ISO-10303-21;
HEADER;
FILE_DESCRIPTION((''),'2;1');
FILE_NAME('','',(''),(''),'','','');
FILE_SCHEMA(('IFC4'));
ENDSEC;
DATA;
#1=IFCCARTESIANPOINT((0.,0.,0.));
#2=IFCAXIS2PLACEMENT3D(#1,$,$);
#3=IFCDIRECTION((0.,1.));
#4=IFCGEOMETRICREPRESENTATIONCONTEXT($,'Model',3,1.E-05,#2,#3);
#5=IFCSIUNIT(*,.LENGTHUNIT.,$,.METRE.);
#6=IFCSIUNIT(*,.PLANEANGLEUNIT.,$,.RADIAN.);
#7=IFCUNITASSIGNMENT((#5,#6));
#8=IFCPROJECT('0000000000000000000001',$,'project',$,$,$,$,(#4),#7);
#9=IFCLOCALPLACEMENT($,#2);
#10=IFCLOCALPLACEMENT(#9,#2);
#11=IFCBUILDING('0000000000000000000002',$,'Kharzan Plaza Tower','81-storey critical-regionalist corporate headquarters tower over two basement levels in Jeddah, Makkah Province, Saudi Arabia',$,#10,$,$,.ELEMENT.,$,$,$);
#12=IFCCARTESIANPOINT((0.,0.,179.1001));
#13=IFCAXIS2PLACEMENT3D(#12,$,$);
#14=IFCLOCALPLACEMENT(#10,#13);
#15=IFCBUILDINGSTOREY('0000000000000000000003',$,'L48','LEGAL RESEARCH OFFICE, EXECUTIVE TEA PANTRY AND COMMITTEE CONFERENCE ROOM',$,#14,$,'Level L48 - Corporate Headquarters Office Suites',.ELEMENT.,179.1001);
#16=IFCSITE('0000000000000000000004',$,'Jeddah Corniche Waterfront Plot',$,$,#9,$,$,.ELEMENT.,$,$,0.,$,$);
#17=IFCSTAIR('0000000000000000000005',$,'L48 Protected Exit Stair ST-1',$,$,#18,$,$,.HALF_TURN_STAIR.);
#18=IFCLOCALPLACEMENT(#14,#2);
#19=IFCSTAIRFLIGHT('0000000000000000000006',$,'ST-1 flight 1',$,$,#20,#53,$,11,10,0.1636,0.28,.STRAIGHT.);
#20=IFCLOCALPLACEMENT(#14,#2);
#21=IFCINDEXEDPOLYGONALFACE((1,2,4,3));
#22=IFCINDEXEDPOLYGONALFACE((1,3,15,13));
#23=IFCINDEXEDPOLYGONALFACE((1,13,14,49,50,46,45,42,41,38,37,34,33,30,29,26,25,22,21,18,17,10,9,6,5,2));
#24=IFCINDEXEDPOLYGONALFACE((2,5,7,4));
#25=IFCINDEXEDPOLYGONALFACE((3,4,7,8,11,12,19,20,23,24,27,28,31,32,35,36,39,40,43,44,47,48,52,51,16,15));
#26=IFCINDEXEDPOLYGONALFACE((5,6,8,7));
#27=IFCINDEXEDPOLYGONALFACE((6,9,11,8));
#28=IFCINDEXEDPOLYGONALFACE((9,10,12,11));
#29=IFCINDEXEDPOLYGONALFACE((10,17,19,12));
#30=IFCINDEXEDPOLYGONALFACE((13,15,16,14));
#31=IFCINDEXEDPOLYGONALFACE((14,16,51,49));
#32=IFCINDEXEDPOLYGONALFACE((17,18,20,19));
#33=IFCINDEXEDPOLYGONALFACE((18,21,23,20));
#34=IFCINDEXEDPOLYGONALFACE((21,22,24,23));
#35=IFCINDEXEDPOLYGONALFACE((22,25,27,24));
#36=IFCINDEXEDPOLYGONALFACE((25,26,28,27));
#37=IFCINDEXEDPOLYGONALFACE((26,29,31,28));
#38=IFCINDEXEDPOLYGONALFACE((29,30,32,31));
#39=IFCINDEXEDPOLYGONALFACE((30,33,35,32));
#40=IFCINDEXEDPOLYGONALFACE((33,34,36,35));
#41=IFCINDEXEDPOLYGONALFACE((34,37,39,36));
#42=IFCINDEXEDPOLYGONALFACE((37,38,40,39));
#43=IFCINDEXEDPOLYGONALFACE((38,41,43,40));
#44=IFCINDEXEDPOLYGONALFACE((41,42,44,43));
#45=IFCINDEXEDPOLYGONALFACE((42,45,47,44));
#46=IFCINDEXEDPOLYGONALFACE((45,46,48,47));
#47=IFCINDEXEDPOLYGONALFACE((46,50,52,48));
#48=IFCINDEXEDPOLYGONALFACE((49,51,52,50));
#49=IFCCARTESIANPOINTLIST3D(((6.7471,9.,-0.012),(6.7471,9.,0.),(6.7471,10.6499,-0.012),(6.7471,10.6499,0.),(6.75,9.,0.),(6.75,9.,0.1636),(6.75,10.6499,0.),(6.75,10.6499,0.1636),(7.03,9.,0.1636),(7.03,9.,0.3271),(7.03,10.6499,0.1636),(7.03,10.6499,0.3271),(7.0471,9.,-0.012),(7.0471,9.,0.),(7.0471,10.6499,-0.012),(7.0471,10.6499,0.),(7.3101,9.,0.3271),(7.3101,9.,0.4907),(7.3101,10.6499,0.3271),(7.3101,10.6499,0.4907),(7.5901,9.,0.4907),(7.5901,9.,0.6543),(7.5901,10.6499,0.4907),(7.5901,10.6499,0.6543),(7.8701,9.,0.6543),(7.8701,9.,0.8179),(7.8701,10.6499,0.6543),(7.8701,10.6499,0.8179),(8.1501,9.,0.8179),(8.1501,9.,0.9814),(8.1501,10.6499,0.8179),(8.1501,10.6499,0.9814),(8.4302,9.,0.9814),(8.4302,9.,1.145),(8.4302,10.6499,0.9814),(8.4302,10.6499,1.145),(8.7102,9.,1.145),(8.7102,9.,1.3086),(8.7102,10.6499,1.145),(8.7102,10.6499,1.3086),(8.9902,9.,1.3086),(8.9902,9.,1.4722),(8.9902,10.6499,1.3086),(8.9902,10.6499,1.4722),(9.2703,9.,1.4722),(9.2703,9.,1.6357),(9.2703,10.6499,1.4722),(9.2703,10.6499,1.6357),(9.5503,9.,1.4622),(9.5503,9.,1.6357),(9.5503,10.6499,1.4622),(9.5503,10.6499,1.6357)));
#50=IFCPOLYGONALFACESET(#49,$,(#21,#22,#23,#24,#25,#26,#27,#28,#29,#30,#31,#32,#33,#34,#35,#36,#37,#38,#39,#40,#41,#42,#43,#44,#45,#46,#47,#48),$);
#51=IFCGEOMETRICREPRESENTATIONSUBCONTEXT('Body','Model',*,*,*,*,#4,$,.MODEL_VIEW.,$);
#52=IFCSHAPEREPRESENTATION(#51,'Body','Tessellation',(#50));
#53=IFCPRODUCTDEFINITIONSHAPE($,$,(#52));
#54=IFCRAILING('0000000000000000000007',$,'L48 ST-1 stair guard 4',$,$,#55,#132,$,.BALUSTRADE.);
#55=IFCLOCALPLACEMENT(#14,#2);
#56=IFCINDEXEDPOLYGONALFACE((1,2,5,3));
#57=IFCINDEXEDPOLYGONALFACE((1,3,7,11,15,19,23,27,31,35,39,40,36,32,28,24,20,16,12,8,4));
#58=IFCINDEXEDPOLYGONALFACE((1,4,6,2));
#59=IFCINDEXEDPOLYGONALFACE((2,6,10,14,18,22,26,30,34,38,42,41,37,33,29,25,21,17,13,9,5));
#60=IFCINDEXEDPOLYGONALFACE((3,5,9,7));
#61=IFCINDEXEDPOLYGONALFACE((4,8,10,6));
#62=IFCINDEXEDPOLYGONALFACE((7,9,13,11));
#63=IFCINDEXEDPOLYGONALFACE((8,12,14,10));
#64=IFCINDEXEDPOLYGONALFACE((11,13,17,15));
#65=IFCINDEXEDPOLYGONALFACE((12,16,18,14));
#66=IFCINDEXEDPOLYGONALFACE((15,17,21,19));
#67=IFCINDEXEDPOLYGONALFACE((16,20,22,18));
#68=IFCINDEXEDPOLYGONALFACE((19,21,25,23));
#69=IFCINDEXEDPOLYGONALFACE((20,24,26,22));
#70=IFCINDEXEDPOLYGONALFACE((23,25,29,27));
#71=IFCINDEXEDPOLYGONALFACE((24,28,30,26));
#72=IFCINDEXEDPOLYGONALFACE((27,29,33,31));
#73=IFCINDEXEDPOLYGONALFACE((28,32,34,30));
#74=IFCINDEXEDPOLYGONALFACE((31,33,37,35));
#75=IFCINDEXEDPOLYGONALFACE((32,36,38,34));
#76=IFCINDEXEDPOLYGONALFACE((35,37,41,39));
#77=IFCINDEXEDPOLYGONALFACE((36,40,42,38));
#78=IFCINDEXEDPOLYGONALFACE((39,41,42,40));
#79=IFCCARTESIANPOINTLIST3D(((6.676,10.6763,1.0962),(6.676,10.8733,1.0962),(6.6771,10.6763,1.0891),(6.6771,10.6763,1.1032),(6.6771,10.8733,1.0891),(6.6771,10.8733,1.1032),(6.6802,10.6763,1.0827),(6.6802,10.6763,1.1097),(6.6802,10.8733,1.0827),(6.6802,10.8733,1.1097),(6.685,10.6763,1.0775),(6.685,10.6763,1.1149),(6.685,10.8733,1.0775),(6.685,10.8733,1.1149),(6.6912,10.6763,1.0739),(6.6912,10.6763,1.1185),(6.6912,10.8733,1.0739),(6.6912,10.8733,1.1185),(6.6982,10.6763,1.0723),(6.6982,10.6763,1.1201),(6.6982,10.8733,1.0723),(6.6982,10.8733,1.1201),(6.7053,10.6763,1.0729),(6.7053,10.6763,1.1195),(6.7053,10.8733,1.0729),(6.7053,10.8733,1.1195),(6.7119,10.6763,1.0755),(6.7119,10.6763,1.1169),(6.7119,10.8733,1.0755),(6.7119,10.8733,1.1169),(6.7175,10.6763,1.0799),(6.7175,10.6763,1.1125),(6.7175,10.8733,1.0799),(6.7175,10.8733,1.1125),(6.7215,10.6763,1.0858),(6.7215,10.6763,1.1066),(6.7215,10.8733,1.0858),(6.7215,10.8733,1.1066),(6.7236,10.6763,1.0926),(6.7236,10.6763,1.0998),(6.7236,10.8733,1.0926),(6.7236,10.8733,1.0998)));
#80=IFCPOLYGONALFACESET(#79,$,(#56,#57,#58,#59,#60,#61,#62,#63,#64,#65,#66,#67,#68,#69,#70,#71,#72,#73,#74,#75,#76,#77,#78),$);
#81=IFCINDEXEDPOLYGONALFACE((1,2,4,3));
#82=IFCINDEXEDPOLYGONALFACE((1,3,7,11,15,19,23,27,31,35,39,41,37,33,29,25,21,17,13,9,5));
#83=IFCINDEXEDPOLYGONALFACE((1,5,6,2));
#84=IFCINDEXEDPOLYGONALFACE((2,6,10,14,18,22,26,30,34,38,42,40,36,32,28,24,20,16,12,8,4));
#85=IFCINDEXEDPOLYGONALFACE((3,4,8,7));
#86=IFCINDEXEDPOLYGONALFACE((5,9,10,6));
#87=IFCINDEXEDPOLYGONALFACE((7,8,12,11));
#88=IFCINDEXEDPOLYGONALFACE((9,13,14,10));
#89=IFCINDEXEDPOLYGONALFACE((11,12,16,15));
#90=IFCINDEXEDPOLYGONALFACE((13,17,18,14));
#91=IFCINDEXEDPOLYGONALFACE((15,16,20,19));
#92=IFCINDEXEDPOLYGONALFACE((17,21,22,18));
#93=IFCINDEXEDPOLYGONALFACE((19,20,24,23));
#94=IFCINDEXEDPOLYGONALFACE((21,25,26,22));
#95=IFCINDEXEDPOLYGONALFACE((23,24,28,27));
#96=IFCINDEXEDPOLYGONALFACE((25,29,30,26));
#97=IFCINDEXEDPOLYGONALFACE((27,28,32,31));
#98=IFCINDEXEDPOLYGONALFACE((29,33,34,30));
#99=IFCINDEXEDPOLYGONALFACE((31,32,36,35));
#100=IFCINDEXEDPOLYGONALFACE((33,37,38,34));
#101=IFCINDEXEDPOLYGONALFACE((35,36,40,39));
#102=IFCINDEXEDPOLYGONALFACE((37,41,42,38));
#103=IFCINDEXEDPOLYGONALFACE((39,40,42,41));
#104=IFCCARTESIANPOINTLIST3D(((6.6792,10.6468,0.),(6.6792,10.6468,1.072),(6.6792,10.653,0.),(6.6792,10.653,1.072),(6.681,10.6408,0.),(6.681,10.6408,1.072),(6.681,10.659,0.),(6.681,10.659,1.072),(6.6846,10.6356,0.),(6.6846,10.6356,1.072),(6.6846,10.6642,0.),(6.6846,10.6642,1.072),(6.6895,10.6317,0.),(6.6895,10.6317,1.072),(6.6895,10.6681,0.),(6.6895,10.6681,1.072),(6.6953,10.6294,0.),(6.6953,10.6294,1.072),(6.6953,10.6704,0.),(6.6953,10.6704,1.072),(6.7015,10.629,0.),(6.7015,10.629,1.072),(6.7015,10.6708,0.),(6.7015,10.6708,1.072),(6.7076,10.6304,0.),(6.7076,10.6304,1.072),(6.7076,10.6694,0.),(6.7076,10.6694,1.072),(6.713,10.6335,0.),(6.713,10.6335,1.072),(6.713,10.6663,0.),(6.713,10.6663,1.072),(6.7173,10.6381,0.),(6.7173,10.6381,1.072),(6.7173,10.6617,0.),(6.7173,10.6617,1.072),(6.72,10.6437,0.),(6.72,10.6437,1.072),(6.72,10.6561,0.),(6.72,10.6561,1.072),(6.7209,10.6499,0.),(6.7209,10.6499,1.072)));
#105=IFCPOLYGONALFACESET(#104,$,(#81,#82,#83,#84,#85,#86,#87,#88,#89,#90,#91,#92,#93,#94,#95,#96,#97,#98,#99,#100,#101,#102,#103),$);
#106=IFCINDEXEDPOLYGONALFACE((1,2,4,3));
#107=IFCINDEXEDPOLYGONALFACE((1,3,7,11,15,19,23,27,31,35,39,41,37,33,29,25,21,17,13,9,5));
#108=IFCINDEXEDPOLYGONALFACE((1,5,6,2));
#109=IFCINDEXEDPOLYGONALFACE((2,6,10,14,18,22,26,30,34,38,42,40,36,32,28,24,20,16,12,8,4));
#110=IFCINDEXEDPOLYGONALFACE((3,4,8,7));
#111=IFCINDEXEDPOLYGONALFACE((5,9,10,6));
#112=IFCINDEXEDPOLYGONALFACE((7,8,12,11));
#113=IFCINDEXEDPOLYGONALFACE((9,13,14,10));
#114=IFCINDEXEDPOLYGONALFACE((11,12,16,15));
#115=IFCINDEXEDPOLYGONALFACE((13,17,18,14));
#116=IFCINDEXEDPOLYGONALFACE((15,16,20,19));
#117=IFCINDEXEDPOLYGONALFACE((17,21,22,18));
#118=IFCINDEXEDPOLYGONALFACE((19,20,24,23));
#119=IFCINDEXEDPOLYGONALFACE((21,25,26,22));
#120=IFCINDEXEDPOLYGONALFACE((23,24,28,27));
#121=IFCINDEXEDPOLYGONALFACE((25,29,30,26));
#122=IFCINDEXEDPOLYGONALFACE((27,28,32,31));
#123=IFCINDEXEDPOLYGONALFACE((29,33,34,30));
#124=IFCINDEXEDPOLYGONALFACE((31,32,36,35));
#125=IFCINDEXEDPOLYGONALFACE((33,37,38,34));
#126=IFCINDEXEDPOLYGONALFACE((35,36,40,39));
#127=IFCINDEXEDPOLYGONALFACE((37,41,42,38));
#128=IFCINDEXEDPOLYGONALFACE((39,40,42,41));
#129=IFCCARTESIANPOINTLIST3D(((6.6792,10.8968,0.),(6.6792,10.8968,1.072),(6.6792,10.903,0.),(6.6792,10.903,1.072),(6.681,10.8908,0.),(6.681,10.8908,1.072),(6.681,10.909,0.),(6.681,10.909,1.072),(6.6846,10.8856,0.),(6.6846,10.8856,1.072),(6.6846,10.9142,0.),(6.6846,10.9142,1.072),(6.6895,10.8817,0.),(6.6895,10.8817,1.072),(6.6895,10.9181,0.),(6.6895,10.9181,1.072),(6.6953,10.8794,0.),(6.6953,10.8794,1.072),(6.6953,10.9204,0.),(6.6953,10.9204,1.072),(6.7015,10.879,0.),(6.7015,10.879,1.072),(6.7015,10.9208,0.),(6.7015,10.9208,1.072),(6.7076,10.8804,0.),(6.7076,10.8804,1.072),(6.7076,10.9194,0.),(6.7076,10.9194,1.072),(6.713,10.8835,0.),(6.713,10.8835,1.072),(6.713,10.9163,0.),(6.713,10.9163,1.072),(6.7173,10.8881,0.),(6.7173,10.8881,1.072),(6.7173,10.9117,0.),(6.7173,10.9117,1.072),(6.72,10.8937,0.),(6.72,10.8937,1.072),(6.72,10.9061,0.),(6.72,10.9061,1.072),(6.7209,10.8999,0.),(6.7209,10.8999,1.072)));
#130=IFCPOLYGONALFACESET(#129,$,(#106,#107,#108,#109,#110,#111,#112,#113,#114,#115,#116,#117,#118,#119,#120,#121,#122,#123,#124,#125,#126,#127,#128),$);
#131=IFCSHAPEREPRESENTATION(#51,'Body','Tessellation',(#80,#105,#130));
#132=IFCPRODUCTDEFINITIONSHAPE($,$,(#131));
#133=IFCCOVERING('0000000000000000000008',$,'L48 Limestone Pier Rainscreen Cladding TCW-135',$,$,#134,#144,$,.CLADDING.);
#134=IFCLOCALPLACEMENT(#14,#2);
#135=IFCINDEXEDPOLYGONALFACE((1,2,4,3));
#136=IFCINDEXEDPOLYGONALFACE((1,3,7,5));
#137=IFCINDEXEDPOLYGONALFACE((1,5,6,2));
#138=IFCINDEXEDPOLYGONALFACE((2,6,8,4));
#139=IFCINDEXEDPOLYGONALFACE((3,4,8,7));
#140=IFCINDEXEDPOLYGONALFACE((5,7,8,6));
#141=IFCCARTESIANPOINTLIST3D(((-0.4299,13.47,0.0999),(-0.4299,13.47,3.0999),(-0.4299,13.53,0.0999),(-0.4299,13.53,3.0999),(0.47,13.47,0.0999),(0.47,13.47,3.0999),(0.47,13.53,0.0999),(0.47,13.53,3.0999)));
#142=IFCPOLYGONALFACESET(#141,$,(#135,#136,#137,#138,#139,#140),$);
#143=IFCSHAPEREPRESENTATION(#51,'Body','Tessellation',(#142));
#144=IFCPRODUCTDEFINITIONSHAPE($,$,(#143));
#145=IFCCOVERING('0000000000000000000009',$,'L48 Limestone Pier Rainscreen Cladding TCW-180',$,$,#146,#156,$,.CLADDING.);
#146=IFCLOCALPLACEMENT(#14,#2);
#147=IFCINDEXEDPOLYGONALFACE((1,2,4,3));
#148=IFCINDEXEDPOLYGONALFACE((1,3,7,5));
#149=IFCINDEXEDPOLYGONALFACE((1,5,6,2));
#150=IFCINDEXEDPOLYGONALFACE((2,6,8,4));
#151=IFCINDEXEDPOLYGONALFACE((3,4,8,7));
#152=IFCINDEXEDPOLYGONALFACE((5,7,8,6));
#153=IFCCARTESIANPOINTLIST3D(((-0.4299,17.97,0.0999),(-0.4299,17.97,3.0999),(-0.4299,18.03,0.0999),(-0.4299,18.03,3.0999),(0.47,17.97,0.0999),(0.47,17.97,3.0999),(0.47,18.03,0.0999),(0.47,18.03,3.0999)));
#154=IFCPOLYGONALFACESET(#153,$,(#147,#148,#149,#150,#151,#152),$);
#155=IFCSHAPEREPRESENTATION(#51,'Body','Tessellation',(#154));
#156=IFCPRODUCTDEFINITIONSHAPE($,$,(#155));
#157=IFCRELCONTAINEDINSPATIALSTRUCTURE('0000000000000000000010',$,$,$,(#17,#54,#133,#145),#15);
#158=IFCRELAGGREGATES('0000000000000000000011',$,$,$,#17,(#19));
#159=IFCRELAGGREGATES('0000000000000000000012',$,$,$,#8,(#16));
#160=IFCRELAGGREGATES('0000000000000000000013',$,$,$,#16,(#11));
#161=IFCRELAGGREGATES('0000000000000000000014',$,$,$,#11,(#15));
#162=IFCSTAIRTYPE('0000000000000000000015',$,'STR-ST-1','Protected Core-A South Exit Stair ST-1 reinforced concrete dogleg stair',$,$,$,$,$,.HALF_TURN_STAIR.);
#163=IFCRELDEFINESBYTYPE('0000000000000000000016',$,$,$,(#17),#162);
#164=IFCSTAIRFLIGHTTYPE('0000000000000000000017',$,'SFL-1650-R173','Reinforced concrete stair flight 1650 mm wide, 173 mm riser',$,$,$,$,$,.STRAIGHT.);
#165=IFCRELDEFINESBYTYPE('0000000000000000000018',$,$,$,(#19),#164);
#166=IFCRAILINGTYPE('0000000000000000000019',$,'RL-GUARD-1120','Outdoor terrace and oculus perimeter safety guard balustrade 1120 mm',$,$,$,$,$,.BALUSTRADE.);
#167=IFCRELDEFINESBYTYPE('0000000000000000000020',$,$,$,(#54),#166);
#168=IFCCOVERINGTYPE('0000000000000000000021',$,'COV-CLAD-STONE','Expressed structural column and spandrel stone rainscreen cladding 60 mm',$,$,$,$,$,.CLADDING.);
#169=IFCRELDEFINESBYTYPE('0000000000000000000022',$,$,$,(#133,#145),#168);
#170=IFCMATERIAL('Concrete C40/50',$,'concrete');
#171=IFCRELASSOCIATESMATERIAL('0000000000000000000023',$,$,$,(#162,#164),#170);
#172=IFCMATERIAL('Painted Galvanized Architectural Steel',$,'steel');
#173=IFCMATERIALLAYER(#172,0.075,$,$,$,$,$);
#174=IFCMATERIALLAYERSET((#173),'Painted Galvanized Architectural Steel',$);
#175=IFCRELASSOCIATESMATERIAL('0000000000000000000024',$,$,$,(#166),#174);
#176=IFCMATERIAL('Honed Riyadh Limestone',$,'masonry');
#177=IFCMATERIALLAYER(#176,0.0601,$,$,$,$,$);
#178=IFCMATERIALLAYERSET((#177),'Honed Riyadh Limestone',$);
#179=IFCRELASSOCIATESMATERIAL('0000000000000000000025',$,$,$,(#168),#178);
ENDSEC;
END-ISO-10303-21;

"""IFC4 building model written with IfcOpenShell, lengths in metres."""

from ifc_helpers import new_model, si_unit, direction, frame, origin, origin_2d, place, context, subcontext, project, spatial, polyline, rectangle, circle, outline, extrude, source, transform, mapped, material, layer, layer_set, type_object, element, aggregate, save


model = new_model("IFC4")

# Units and contexts
model_context = context("Model", 3, precision=1e-05, world=origin(), true_north=direction((0.0, 1.0)))
body_context = subcontext(model_context, "Body", "Model", "MODEL_VIEW")
ifc_project = project(units=[si_unit("LENGTHUNIT", "METRE"), si_unit("PLANEANGLEUNIT", "RADIAN")], contexts=[model_context])

# Site, building, storey
site_placement = place(None, origin())
site = spatial("IfcSite", under=ifc_project, at=site_placement, Name="Jeddah Corniche Waterfront Plot", CompositionType="ELEMENT", RefElevation=0.0)
building_placement = place(site_placement, origin())
building = spatial("IfcBuilding", under=site, at=building_placement, Name="Kharzan Plaza Tower", Description="81-storey critical-regionalist corporate headquarters tower over two basement levels in Jeddah, Makkah Province, Saudi Arabia", CompositionType="ELEMENT")
storey_placement = place(building_placement, frame((0.0, 0.0, 179.1001)))
storey = spatial("IfcBuildingStorey", under=building, at=storey_placement, Name="L48", Description="LEGAL RESEARCH OFFICE, EXECUTIVE TEA PANTRY AND COMMITTEE CONFERENCE ROOM", LongName="Level L48 - Corporate Headquarters Office Suites", CompositionType="ELEMENT", Elevation=179.1001)

# Shared definitions
ifc_material_1 = material(Name="Concrete C40/50", Category="concrete")

# Stair, stair flight
stair_type = type_object("IfcStairType", Name="STR-ST-1", Description="Protected Core-A South Exit Stair ST-1 reinforced concrete dogleg stair", PredefinedType="HALF_TURN_STAIR", material=ifc_material_1)
stair_placement = place(storey_placement, origin())
stair = element("IfcStair", 1, at=stair_placement, inside=storey, type_object=stair_type, Name="L48 Protected Exit Stair ST-1", PredefinedType="HALF_TURN_STAIR")
stair_flight_type = type_object("IfcStairFlightType", Name="SFL-1650-R173", Description="Reinforced concrete stair flight 1650 mm wide, 173 mm riser", PredefinedType="STRAIGHT", material=ifc_material_1)
shared_shape_1 = source(origin(), body_context, "Body", "SweptSolid", [
    extrude(outline(polyline([(-0.0029, -0.012), (-0.0029, 0.0), (0.0, 0.0), (0.0, 0.1636), (0.28, 0.1636), (0.28, 0.3271), (0.5601, 0.3271), (0.5601, 0.4907), (0.8401, 0.4907), (0.8401, 0.6543), (1.1201, 0.6543), (1.1201, 0.8179), (1.4001, 0.8179), (1.4001, 0.9814), (1.6802, 0.9814), (1.6802, 1.145), (1.9602, 1.145), (1.9602, 1.3086), (2.2402, 1.3086), (2.2402, 1.4722), (2.5203, 1.4722), (2.5203, 1.6357), (2.8003, 1.6357), (2.8003, 1.7993), (2.8003, 1.4622), (0.2971, 0.0), (0.2971, -0.012), (-0.0029, -0.012)])), frame((0.0, 0.825, 0.0), z_axis=(0.0, -1.0, 0.0), x_axis=(1.0, 0.0, 0.0)), (0.0, 0.0, 1.0), 1.6499),
])
stair_flight_placement = place(storey_placement, frame((6.75, 9.825, 0.0), z_axis=(0.0, 0.0, 1.0), x_axis=(1.0, 0.0, 0.0)))
stair_flight = element("IfcStairFlight", 2, at=stair_flight_placement, type_object=stair_flight_type, Name="ST-1 flight 1", NumberOfRisers=11, NumberOfTreads=10, PredefinedType="STRAIGHT", RiserHeight=0.1636, TreadLength=0.28, context=body_context, shape_type="MappedRepresentation", body=[
    mapped(shared_shape_1, transform((0.0, 0.0, 0.0), x_axis=(1.0, 0.0, 0.0), y_axis=(0.0, 1.0, 0.0), z_axis=(0.0, 0.0, 1.0))),
])
aggregate(stair, [stair_flight])

# Railing
ifc_material_2 = material(Name="Painted Galvanized Architectural Steel", Category="steel")
ifc_layer_1 = layer(ifc_material_2, 0.075)
ifc_layer_set_1 = layer_set([ifc_layer_1], Name="Painted Galvanized Architectural Steel")
railing_type_1 = type_object("IfcRailingType", Name="RL-GUARD-1120", Description="Outdoor terrace and oculus perimeter safety guard balustrade 1120 mm", PredefinedType="BALUSTRADE", material=ifc_layer_set_1)
shared_shape_2 = source(origin(), body_context, "Body", "SweptSolid", [
    extrude(circle(Radius=0.0239, at=origin_2d()), frame((0.0, 0.0264, 1.0962), z_axis=(0.0, 1.0, 0.0), x_axis=(-1.0, 0.0, 0.0)), (0.0, 0.0, 1.0), 0.197),
    extrude(circle(Radius=0.021, at=origin_2d()), origin(), (0.0, 0.0, 1.0), 1.072),
    extrude(circle(Radius=0.021, at=origin_2d()), frame((0.0, 0.25, 0.0)), (0.0, 0.0, 1.0), 1.072),
])
railing_1_placement = place(storey_placement, frame((6.7, 10.6499, 0.0)))
element("IfcRailing", 3, at=railing_1_placement, inside=storey, type_object=railing_type_1, Name="L48 ST-1 stair guard 4", PredefinedType="BALUSTRADE", context=body_context, shape_type="MappedRepresentation", body=[
    mapped(shared_shape_2, transform((0.0, 0.0, 0.0), x_axis=(1.0, 0.0, 0.0), y_axis=(0.0, 1.0, 0.0), z_axis=(0.0, 0.0, 1.0))),
])

# Coverings
ifc_material_3 = material(Name="Honed Riyadh Limestone", Category="masonry")
ifc_layer_2 = layer(ifc_material_3, 0.0601)
ifc_layer_set_2 = layer_set([ifc_layer_2], Name="Honed Riyadh Limestone")
covering_type = type_object("IfcCoveringType", Name="COV-CLAD-STONE", Description="Expressed structural column and spandrel stone rainscreen cladding 60 mm", PredefinedType="CLADDING", material=ifc_layer_set_2)
shared_shape_3 = source(origin(), body_context, "Body", "SweptSolid", [
    extrude(rectangle(XDim=0.0601, YDim=0.8999, at=origin_2d()), origin(), (0.0, 0.0, 1.0), 3.0),
])
for number, where, z_axis, x_axis, name in (
    (4, (0.02, 13.5, 0.0999), (0.0, 0.0, 1.0), (0.0, 1.0, 0.0), "L48 Limestone Pier Rainscreen Cladding TCW-135"),
    (5, (0.02, 18.0, 0.0999), (0.0, 0.0, 1.0), (0.0, 1.0, 0.0), "L48 Limestone Pier Rainscreen Cladding TCW-180"),
):
    element("IfcCovering", number, at=place(storey_placement, frame(where, z_axis=z_axis, x_axis=x_axis)), inside=storey, type_object=covering_type, Name=name, PredefinedType="CLADDING", context=body_context, shape_type="MappedRepresentation", body=[
        mapped(shared_shape_3, transform((0.0, 0.0, 0.0), x_axis=(1.0, 0.0, 0.0), y_axis=(0.0, 1.0, 0.0), z_axis=(0.0, 0.0, 1.0))),
    ])

save(model, "model.ifc")
